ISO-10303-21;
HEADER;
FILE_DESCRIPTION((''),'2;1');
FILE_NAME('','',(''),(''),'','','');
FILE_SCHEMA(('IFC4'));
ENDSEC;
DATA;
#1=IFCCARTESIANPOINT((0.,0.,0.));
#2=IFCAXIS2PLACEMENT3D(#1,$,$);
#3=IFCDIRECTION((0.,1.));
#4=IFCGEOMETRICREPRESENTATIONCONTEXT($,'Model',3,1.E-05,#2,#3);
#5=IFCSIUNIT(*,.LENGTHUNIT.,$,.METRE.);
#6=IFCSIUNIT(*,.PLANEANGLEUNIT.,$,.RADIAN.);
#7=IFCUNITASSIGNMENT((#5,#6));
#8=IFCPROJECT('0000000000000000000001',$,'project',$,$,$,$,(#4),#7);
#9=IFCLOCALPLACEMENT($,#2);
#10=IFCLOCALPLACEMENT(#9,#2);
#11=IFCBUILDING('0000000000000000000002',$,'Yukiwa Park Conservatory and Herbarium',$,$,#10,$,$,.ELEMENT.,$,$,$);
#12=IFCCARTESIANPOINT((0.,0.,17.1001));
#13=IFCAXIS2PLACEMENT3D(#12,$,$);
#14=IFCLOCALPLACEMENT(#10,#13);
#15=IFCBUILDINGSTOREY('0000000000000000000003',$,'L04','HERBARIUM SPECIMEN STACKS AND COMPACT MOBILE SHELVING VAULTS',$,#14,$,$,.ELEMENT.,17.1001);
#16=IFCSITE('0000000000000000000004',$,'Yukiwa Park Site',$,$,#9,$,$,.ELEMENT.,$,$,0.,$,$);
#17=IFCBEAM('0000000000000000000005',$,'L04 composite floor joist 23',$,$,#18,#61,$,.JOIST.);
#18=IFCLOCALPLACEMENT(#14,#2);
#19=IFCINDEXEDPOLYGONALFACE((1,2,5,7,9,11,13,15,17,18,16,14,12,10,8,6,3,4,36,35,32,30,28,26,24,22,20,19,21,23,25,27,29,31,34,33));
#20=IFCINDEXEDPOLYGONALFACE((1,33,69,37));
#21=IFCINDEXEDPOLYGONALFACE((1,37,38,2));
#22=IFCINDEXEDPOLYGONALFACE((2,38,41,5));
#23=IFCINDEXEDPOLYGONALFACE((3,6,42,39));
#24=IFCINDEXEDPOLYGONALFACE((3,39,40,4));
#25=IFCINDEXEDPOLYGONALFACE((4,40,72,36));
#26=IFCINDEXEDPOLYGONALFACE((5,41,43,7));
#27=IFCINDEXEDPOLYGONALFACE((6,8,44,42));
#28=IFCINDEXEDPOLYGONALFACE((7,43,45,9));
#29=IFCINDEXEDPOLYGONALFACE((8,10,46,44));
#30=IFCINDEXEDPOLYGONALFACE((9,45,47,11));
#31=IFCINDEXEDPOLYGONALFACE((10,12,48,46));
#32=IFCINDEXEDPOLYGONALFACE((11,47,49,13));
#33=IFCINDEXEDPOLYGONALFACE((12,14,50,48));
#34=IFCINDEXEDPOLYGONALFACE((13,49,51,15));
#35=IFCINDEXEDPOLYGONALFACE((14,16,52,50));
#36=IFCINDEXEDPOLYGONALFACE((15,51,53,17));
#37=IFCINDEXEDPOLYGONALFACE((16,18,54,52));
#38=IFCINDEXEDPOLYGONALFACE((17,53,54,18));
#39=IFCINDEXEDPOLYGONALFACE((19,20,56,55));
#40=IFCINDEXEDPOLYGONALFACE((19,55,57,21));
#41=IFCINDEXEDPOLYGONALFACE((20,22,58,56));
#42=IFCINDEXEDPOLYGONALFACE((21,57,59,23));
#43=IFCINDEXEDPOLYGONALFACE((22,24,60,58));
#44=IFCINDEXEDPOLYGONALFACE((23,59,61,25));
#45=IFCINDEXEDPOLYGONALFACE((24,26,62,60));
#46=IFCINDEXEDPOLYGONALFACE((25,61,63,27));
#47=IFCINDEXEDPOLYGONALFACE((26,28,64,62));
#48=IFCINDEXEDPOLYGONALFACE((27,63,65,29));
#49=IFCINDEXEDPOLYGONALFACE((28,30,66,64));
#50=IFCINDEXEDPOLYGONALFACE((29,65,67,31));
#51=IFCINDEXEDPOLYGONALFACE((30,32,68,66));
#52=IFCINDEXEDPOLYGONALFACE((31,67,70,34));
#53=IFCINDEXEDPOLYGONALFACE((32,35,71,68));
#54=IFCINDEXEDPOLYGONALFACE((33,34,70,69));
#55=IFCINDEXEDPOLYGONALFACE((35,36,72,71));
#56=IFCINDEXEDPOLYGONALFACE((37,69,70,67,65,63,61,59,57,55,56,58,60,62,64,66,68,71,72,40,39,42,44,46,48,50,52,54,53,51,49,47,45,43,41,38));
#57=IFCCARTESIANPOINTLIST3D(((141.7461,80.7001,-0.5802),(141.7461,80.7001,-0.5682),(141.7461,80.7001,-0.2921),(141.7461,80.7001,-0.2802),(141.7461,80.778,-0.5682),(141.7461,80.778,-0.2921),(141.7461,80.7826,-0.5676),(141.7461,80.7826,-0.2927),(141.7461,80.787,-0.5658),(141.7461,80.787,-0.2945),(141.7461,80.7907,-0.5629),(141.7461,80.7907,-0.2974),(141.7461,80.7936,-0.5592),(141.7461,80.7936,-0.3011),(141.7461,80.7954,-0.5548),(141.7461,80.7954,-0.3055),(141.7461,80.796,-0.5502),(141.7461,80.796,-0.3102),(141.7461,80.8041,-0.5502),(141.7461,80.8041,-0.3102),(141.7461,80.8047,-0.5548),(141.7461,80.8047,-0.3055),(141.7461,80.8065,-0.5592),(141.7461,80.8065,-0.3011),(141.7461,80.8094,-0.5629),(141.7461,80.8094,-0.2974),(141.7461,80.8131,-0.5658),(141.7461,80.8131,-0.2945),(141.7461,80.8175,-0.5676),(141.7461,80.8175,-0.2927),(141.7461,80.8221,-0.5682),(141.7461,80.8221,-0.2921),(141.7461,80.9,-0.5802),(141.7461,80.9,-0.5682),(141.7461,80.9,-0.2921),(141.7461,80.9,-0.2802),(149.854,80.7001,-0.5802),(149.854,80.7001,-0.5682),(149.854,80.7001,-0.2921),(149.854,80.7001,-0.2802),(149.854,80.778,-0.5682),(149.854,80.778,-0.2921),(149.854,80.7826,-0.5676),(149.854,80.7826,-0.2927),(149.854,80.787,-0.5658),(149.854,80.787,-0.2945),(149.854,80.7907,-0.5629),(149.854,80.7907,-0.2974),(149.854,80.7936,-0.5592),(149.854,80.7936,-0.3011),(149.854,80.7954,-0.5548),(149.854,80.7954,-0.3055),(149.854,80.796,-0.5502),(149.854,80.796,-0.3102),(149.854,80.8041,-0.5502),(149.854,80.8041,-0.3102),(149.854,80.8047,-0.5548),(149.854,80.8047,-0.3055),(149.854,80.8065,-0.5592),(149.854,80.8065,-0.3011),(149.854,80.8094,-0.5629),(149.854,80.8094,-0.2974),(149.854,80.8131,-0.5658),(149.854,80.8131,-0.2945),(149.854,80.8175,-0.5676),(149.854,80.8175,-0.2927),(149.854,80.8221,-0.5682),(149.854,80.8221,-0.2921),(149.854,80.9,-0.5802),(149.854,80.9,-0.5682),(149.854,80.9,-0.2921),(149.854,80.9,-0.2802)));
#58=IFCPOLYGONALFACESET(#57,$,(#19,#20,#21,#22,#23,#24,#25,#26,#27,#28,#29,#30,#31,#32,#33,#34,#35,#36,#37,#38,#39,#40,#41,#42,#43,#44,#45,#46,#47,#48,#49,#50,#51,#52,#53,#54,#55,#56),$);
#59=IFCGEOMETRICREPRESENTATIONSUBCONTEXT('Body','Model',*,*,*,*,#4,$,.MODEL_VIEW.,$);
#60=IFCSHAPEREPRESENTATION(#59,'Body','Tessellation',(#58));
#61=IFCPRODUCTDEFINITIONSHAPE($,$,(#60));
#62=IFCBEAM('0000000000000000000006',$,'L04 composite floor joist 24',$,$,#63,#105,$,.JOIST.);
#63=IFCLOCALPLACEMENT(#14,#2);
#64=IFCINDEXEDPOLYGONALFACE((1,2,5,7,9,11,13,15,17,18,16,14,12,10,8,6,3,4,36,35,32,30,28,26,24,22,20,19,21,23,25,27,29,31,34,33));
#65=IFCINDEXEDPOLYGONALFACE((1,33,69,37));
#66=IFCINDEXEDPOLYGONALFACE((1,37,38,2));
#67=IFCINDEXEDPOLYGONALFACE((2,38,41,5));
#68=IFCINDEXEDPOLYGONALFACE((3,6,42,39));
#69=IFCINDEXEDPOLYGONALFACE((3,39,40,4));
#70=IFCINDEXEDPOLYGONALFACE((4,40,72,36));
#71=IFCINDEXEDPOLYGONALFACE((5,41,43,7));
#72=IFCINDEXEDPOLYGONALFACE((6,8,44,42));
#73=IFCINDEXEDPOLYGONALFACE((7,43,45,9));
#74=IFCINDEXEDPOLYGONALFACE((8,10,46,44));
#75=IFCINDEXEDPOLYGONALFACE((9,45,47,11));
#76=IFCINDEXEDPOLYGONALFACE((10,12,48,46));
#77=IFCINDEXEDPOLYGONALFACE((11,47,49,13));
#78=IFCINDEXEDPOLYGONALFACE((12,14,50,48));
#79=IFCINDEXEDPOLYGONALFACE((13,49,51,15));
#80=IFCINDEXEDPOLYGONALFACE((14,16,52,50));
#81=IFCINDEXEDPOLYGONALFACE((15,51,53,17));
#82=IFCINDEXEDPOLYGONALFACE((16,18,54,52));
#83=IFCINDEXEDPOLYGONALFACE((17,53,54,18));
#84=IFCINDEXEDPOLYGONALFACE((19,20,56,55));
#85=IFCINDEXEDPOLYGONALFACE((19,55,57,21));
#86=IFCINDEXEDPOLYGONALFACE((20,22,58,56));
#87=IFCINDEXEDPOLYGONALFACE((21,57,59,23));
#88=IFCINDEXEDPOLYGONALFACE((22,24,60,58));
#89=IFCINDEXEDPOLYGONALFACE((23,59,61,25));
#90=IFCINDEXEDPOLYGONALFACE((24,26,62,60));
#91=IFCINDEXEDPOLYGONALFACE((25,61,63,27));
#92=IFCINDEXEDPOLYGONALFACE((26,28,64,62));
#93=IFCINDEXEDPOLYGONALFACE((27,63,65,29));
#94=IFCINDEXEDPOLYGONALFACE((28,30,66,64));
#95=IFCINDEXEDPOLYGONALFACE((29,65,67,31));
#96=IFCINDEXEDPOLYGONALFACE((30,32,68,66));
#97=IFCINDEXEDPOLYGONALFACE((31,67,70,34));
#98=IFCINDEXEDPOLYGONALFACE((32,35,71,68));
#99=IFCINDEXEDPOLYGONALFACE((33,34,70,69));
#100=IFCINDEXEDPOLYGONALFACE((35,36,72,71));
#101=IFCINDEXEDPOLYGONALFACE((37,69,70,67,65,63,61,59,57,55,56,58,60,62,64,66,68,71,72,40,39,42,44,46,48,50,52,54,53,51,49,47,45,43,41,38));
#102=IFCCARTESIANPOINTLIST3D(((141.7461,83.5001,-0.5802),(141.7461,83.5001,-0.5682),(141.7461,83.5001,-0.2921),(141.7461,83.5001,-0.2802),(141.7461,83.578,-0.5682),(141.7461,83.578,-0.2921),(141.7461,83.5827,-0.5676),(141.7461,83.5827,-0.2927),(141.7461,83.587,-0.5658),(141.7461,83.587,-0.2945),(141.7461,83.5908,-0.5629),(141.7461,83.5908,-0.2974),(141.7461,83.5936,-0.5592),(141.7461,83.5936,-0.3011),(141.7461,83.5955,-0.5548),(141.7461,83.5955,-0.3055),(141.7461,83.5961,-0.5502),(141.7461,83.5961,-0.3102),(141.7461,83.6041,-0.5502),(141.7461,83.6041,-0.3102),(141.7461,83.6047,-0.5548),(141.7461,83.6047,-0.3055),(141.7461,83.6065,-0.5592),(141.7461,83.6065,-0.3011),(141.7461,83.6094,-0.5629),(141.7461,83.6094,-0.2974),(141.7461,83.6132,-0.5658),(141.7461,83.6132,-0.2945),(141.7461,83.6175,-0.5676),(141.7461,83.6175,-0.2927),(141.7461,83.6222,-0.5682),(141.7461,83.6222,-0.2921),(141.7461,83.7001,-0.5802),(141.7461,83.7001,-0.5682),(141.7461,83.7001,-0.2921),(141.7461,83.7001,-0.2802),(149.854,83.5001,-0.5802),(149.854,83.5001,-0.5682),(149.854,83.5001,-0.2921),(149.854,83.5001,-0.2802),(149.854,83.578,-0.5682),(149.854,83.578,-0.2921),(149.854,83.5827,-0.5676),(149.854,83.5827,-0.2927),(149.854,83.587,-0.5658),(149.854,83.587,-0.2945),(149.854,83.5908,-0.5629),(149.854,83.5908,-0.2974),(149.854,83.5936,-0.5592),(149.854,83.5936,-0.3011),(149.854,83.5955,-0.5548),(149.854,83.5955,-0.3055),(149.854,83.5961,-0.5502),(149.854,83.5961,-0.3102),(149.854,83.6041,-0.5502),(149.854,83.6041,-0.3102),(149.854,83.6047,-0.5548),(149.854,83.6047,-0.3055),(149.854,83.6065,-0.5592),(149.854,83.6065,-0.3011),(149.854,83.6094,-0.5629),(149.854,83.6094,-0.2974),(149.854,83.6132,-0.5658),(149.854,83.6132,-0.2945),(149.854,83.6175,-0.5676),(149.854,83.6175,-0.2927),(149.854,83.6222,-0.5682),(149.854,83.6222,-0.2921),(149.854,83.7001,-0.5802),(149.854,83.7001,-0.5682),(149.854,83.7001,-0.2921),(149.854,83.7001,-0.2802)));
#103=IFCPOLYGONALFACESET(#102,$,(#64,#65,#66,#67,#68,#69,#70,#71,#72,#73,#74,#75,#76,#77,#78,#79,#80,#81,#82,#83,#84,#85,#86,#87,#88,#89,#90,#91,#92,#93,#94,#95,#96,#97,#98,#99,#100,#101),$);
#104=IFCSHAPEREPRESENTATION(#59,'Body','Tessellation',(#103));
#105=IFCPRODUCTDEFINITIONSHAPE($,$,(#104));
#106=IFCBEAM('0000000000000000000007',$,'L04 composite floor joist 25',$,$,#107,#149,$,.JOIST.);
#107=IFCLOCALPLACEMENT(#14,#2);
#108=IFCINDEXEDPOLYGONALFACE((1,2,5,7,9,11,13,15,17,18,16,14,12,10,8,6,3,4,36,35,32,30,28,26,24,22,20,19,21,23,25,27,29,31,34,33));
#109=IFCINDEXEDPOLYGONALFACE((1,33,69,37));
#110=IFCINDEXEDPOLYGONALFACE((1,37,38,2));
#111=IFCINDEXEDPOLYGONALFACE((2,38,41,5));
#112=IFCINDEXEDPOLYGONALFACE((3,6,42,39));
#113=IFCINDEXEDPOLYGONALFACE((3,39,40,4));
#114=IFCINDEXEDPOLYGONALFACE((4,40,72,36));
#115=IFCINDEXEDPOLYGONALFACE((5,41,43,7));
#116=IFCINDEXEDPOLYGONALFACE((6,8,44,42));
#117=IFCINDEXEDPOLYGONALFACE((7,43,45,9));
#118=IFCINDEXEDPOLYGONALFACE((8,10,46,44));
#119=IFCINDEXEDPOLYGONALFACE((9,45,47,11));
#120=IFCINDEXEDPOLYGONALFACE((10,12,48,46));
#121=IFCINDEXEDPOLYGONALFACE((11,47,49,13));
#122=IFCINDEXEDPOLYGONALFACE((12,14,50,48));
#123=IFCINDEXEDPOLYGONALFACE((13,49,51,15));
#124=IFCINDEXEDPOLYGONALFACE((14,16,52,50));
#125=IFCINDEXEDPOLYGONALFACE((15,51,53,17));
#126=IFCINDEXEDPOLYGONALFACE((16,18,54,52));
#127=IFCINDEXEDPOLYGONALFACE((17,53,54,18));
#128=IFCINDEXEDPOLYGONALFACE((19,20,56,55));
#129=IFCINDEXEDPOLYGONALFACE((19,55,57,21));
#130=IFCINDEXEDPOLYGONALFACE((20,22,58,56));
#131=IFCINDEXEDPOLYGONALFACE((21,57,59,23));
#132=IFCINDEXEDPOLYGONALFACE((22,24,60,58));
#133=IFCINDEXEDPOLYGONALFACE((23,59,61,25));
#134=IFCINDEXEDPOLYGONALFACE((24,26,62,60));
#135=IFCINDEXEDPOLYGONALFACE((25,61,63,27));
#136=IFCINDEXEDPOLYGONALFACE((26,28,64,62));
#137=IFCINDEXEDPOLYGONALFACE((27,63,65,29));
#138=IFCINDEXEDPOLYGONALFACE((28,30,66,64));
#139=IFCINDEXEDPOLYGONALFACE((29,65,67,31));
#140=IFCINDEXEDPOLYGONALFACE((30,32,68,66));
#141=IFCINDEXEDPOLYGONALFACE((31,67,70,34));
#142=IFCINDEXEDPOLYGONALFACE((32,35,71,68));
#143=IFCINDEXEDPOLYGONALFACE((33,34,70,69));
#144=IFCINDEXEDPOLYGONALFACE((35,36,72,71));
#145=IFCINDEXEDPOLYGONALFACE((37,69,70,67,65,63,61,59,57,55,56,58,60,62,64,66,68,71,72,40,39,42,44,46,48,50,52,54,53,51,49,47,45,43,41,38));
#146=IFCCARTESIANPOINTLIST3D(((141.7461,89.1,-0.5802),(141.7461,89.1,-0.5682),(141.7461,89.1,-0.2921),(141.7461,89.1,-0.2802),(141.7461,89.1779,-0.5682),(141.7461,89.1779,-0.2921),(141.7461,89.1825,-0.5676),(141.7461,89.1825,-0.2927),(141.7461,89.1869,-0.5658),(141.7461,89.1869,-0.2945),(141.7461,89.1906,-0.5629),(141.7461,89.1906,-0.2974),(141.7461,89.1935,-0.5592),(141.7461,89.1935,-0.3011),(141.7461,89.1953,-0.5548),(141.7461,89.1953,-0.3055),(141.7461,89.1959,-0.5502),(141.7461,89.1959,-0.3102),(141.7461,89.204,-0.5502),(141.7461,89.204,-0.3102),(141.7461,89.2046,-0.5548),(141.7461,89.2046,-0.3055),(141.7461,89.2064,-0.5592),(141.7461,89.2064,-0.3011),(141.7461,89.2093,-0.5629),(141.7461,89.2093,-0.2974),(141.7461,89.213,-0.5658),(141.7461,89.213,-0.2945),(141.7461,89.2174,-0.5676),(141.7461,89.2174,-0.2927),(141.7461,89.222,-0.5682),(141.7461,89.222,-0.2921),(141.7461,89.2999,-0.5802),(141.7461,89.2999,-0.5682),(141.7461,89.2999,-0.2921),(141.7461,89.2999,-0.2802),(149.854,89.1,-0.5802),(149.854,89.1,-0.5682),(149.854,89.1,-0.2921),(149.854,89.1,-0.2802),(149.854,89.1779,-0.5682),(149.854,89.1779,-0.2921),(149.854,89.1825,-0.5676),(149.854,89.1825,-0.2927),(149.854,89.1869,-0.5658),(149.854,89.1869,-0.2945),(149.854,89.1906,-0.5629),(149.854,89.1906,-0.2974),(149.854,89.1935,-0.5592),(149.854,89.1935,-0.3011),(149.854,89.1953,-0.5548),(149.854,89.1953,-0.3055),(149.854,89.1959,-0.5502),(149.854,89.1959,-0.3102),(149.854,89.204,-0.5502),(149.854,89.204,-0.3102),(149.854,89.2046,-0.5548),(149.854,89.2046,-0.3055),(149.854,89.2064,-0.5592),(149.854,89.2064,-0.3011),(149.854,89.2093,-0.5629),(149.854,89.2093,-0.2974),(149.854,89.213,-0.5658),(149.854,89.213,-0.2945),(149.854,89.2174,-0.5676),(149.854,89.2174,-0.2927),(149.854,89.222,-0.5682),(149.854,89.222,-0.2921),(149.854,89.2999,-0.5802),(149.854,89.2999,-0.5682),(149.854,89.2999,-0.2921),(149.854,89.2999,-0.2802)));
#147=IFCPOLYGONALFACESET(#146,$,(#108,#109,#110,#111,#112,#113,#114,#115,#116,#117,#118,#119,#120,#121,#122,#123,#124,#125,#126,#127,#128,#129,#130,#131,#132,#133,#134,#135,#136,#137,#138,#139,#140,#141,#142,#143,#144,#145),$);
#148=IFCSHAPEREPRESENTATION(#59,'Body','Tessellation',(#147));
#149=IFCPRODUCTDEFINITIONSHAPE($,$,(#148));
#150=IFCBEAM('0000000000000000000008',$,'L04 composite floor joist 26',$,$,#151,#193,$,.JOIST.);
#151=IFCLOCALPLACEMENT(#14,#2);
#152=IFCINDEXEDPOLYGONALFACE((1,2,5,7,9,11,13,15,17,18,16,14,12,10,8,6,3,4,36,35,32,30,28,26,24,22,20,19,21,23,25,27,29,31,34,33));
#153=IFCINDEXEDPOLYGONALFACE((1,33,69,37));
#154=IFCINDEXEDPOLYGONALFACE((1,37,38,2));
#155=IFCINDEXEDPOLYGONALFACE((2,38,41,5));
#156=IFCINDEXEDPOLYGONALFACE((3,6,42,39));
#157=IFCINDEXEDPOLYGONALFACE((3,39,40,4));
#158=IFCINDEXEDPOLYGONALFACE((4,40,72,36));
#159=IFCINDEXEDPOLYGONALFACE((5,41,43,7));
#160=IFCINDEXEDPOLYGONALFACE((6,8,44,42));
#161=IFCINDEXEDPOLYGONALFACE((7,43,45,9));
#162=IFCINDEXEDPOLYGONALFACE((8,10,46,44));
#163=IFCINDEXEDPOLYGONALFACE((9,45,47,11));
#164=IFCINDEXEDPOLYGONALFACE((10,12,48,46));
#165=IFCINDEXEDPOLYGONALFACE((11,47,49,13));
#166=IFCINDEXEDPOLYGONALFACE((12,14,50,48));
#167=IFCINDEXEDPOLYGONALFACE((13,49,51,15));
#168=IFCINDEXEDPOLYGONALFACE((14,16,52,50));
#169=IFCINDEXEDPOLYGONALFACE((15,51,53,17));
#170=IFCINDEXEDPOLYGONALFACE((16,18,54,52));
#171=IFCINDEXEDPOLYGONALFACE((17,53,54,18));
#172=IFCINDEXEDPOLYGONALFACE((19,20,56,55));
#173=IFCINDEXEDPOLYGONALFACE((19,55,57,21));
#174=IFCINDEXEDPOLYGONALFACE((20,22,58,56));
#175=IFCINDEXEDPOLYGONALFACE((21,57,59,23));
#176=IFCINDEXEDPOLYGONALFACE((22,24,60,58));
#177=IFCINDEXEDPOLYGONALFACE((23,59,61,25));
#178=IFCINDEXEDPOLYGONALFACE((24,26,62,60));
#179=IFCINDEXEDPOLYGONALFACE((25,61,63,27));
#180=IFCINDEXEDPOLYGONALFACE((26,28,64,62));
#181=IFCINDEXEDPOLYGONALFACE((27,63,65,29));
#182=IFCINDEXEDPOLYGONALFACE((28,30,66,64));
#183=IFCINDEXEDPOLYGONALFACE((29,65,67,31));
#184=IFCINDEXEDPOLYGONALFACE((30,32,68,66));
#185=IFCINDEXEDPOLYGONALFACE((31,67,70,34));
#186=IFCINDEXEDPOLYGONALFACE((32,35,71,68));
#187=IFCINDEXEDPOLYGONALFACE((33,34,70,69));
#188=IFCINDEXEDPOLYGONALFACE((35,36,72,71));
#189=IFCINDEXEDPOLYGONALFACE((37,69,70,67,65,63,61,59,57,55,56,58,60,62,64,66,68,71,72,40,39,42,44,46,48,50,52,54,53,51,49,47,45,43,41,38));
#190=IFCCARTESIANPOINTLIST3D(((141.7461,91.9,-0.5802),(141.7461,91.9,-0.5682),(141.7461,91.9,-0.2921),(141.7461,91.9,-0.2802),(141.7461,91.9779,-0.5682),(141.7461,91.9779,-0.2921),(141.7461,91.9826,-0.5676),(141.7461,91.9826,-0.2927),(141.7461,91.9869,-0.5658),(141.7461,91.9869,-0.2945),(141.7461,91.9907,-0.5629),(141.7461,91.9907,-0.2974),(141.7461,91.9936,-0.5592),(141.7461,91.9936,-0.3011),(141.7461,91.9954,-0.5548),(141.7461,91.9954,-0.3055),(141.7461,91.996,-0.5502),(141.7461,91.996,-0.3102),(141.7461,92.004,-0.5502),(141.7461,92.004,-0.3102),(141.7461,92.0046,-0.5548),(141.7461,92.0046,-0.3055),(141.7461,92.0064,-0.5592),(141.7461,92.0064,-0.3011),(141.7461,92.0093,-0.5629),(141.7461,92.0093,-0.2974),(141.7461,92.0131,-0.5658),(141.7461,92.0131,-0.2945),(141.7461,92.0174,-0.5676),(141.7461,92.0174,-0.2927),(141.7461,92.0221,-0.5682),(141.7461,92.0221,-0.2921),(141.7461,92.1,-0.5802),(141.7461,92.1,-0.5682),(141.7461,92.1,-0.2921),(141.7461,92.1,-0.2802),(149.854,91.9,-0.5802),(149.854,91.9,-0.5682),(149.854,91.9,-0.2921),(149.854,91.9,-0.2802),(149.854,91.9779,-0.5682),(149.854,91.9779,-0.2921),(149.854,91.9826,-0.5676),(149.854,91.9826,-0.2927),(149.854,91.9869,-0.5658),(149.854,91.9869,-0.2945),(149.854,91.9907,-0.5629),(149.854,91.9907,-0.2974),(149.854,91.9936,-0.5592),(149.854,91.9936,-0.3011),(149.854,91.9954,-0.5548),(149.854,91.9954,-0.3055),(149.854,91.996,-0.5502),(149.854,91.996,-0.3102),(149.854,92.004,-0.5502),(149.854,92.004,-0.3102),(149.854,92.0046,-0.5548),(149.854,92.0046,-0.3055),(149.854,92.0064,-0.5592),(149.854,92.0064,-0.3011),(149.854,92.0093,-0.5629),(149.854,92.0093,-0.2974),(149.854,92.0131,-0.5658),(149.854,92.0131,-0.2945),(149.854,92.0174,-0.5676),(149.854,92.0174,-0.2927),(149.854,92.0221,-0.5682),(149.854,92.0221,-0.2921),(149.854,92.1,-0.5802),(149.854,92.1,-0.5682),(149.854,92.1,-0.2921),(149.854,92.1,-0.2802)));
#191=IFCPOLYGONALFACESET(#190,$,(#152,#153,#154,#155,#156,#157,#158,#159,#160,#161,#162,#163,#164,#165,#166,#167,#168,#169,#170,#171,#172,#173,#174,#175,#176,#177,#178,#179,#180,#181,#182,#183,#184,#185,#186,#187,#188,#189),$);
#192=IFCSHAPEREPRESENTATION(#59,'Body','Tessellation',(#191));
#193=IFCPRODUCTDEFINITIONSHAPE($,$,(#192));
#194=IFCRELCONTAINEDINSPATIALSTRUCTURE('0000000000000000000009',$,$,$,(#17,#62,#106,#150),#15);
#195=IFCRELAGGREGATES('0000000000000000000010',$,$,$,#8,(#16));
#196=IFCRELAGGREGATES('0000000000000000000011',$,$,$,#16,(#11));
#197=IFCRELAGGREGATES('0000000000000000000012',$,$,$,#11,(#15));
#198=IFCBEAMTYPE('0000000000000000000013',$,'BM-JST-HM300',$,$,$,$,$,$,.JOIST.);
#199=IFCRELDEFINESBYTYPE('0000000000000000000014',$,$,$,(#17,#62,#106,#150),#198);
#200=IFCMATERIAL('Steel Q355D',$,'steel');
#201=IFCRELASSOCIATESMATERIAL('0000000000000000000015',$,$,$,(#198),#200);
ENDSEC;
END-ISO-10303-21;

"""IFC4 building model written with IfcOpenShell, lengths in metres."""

from ifc_helpers import new_model, si_unit, direction, frame, origin, origin_2d, place, context, subcontext, project, spatial, i_section, extrude, material, material_profile, profile_set, type_object, element, save


model = new_model("IFC4")

# Units and contexts
model_context = context("Model", 3, precision=1e-05, world=origin(), true_north=direction((0.0, 1.0)))
body_context = subcontext(model_context, "Body", "Model", "MODEL_VIEW")
ifc_project = project(units=[si_unit("LENGTHUNIT", "METRE"), si_unit("PLANEANGLEUNIT", "RADIAN")], contexts=[model_context])

# Site, building, storey
site_placement = place(None, origin())
site = spatial("IfcSite", under=ifc_project, at=site_placement, Name="Yukiwa Park Site", CompositionType="ELEMENT", RefElevation=0.0)
building_placement = place(site_placement, origin())
building = spatial("IfcBuilding", under=site, at=building_placement, Name="Yukiwa Park Conservatory and Herbarium", CompositionType="ELEMENT")
storey_placement = place(building_placement, frame((0.0, 0.0, 17.1001)))
storey = spatial("IfcBuildingStorey", under=building, at=storey_placement, Name="L04", Description="HERBARIUM SPECIMEN STACKS AND COMPACT MOBILE SHELVING VAULTS", CompositionType="ELEMENT", Elevation=17.1001)

# Beams
ifc_material_1 = material(Name="Steel Q355D", Category="steel")
ifc_material_profile_1 = material_profile(ifc_material_1, i_section(OverallWidth=0.2, OverallDepth=0.3, WebThickness=0.0081, FlangeThickness=0.012, FilletRadius=0.0181, at=origin_2d()), Name="HM 300x200x8x12")
ifc_profile_set_1 = profile_set([ifc_material_profile_1], Name="Steel Q355D")
beam_type_1 = type_object("IfcBeamType", Name="BM-JST-HM300", PredefinedType="JOIST", material=ifc_profile_set_1)
for number, where, z_axis, x_axis, name in (
    (1, (141.7461, 80.8, -0.4302), (1.0, 0.0, 0.0), (0.0, 1.0, 0.0), "L04 composite floor joist 23"),
    (2, (141.7461, 83.6001, -0.4302), (1.0, 0.0, 0.0), (0.0, 1.0, 0.0), "L04 composite floor joist 24"),
    (3, (141.7461, 89.2, -0.4302), (1.0, 0.0, 0.0), (0.0, 1.0, 0.0), "L04 composite floor joist 25"),
    (4, (141.7461, 92.0, -0.4302), (1.0, 0.0, 0.0), (0.0, 1.0, 0.0), "L04 composite floor joist 26"),
):
    element("IfcBeam", number, at=place(storey_placement, frame(where, z_axis=z_axis, x_axis=x_axis)), inside=storey, type_object=beam_type_1, Name=name, PredefinedType="JOIST", context=body_context, shape_type="SweptSolid", body=[
        extrude(i_section(OverallWidth=0.2, OverallDepth=0.3, WebThickness=0.0081, FlangeThickness=0.012, FilletRadius=0.0181, at=origin_2d()), origin(), (0.0, 0.0, 1.0), 8.1079),
    ])

save(model, "model.ifc")
